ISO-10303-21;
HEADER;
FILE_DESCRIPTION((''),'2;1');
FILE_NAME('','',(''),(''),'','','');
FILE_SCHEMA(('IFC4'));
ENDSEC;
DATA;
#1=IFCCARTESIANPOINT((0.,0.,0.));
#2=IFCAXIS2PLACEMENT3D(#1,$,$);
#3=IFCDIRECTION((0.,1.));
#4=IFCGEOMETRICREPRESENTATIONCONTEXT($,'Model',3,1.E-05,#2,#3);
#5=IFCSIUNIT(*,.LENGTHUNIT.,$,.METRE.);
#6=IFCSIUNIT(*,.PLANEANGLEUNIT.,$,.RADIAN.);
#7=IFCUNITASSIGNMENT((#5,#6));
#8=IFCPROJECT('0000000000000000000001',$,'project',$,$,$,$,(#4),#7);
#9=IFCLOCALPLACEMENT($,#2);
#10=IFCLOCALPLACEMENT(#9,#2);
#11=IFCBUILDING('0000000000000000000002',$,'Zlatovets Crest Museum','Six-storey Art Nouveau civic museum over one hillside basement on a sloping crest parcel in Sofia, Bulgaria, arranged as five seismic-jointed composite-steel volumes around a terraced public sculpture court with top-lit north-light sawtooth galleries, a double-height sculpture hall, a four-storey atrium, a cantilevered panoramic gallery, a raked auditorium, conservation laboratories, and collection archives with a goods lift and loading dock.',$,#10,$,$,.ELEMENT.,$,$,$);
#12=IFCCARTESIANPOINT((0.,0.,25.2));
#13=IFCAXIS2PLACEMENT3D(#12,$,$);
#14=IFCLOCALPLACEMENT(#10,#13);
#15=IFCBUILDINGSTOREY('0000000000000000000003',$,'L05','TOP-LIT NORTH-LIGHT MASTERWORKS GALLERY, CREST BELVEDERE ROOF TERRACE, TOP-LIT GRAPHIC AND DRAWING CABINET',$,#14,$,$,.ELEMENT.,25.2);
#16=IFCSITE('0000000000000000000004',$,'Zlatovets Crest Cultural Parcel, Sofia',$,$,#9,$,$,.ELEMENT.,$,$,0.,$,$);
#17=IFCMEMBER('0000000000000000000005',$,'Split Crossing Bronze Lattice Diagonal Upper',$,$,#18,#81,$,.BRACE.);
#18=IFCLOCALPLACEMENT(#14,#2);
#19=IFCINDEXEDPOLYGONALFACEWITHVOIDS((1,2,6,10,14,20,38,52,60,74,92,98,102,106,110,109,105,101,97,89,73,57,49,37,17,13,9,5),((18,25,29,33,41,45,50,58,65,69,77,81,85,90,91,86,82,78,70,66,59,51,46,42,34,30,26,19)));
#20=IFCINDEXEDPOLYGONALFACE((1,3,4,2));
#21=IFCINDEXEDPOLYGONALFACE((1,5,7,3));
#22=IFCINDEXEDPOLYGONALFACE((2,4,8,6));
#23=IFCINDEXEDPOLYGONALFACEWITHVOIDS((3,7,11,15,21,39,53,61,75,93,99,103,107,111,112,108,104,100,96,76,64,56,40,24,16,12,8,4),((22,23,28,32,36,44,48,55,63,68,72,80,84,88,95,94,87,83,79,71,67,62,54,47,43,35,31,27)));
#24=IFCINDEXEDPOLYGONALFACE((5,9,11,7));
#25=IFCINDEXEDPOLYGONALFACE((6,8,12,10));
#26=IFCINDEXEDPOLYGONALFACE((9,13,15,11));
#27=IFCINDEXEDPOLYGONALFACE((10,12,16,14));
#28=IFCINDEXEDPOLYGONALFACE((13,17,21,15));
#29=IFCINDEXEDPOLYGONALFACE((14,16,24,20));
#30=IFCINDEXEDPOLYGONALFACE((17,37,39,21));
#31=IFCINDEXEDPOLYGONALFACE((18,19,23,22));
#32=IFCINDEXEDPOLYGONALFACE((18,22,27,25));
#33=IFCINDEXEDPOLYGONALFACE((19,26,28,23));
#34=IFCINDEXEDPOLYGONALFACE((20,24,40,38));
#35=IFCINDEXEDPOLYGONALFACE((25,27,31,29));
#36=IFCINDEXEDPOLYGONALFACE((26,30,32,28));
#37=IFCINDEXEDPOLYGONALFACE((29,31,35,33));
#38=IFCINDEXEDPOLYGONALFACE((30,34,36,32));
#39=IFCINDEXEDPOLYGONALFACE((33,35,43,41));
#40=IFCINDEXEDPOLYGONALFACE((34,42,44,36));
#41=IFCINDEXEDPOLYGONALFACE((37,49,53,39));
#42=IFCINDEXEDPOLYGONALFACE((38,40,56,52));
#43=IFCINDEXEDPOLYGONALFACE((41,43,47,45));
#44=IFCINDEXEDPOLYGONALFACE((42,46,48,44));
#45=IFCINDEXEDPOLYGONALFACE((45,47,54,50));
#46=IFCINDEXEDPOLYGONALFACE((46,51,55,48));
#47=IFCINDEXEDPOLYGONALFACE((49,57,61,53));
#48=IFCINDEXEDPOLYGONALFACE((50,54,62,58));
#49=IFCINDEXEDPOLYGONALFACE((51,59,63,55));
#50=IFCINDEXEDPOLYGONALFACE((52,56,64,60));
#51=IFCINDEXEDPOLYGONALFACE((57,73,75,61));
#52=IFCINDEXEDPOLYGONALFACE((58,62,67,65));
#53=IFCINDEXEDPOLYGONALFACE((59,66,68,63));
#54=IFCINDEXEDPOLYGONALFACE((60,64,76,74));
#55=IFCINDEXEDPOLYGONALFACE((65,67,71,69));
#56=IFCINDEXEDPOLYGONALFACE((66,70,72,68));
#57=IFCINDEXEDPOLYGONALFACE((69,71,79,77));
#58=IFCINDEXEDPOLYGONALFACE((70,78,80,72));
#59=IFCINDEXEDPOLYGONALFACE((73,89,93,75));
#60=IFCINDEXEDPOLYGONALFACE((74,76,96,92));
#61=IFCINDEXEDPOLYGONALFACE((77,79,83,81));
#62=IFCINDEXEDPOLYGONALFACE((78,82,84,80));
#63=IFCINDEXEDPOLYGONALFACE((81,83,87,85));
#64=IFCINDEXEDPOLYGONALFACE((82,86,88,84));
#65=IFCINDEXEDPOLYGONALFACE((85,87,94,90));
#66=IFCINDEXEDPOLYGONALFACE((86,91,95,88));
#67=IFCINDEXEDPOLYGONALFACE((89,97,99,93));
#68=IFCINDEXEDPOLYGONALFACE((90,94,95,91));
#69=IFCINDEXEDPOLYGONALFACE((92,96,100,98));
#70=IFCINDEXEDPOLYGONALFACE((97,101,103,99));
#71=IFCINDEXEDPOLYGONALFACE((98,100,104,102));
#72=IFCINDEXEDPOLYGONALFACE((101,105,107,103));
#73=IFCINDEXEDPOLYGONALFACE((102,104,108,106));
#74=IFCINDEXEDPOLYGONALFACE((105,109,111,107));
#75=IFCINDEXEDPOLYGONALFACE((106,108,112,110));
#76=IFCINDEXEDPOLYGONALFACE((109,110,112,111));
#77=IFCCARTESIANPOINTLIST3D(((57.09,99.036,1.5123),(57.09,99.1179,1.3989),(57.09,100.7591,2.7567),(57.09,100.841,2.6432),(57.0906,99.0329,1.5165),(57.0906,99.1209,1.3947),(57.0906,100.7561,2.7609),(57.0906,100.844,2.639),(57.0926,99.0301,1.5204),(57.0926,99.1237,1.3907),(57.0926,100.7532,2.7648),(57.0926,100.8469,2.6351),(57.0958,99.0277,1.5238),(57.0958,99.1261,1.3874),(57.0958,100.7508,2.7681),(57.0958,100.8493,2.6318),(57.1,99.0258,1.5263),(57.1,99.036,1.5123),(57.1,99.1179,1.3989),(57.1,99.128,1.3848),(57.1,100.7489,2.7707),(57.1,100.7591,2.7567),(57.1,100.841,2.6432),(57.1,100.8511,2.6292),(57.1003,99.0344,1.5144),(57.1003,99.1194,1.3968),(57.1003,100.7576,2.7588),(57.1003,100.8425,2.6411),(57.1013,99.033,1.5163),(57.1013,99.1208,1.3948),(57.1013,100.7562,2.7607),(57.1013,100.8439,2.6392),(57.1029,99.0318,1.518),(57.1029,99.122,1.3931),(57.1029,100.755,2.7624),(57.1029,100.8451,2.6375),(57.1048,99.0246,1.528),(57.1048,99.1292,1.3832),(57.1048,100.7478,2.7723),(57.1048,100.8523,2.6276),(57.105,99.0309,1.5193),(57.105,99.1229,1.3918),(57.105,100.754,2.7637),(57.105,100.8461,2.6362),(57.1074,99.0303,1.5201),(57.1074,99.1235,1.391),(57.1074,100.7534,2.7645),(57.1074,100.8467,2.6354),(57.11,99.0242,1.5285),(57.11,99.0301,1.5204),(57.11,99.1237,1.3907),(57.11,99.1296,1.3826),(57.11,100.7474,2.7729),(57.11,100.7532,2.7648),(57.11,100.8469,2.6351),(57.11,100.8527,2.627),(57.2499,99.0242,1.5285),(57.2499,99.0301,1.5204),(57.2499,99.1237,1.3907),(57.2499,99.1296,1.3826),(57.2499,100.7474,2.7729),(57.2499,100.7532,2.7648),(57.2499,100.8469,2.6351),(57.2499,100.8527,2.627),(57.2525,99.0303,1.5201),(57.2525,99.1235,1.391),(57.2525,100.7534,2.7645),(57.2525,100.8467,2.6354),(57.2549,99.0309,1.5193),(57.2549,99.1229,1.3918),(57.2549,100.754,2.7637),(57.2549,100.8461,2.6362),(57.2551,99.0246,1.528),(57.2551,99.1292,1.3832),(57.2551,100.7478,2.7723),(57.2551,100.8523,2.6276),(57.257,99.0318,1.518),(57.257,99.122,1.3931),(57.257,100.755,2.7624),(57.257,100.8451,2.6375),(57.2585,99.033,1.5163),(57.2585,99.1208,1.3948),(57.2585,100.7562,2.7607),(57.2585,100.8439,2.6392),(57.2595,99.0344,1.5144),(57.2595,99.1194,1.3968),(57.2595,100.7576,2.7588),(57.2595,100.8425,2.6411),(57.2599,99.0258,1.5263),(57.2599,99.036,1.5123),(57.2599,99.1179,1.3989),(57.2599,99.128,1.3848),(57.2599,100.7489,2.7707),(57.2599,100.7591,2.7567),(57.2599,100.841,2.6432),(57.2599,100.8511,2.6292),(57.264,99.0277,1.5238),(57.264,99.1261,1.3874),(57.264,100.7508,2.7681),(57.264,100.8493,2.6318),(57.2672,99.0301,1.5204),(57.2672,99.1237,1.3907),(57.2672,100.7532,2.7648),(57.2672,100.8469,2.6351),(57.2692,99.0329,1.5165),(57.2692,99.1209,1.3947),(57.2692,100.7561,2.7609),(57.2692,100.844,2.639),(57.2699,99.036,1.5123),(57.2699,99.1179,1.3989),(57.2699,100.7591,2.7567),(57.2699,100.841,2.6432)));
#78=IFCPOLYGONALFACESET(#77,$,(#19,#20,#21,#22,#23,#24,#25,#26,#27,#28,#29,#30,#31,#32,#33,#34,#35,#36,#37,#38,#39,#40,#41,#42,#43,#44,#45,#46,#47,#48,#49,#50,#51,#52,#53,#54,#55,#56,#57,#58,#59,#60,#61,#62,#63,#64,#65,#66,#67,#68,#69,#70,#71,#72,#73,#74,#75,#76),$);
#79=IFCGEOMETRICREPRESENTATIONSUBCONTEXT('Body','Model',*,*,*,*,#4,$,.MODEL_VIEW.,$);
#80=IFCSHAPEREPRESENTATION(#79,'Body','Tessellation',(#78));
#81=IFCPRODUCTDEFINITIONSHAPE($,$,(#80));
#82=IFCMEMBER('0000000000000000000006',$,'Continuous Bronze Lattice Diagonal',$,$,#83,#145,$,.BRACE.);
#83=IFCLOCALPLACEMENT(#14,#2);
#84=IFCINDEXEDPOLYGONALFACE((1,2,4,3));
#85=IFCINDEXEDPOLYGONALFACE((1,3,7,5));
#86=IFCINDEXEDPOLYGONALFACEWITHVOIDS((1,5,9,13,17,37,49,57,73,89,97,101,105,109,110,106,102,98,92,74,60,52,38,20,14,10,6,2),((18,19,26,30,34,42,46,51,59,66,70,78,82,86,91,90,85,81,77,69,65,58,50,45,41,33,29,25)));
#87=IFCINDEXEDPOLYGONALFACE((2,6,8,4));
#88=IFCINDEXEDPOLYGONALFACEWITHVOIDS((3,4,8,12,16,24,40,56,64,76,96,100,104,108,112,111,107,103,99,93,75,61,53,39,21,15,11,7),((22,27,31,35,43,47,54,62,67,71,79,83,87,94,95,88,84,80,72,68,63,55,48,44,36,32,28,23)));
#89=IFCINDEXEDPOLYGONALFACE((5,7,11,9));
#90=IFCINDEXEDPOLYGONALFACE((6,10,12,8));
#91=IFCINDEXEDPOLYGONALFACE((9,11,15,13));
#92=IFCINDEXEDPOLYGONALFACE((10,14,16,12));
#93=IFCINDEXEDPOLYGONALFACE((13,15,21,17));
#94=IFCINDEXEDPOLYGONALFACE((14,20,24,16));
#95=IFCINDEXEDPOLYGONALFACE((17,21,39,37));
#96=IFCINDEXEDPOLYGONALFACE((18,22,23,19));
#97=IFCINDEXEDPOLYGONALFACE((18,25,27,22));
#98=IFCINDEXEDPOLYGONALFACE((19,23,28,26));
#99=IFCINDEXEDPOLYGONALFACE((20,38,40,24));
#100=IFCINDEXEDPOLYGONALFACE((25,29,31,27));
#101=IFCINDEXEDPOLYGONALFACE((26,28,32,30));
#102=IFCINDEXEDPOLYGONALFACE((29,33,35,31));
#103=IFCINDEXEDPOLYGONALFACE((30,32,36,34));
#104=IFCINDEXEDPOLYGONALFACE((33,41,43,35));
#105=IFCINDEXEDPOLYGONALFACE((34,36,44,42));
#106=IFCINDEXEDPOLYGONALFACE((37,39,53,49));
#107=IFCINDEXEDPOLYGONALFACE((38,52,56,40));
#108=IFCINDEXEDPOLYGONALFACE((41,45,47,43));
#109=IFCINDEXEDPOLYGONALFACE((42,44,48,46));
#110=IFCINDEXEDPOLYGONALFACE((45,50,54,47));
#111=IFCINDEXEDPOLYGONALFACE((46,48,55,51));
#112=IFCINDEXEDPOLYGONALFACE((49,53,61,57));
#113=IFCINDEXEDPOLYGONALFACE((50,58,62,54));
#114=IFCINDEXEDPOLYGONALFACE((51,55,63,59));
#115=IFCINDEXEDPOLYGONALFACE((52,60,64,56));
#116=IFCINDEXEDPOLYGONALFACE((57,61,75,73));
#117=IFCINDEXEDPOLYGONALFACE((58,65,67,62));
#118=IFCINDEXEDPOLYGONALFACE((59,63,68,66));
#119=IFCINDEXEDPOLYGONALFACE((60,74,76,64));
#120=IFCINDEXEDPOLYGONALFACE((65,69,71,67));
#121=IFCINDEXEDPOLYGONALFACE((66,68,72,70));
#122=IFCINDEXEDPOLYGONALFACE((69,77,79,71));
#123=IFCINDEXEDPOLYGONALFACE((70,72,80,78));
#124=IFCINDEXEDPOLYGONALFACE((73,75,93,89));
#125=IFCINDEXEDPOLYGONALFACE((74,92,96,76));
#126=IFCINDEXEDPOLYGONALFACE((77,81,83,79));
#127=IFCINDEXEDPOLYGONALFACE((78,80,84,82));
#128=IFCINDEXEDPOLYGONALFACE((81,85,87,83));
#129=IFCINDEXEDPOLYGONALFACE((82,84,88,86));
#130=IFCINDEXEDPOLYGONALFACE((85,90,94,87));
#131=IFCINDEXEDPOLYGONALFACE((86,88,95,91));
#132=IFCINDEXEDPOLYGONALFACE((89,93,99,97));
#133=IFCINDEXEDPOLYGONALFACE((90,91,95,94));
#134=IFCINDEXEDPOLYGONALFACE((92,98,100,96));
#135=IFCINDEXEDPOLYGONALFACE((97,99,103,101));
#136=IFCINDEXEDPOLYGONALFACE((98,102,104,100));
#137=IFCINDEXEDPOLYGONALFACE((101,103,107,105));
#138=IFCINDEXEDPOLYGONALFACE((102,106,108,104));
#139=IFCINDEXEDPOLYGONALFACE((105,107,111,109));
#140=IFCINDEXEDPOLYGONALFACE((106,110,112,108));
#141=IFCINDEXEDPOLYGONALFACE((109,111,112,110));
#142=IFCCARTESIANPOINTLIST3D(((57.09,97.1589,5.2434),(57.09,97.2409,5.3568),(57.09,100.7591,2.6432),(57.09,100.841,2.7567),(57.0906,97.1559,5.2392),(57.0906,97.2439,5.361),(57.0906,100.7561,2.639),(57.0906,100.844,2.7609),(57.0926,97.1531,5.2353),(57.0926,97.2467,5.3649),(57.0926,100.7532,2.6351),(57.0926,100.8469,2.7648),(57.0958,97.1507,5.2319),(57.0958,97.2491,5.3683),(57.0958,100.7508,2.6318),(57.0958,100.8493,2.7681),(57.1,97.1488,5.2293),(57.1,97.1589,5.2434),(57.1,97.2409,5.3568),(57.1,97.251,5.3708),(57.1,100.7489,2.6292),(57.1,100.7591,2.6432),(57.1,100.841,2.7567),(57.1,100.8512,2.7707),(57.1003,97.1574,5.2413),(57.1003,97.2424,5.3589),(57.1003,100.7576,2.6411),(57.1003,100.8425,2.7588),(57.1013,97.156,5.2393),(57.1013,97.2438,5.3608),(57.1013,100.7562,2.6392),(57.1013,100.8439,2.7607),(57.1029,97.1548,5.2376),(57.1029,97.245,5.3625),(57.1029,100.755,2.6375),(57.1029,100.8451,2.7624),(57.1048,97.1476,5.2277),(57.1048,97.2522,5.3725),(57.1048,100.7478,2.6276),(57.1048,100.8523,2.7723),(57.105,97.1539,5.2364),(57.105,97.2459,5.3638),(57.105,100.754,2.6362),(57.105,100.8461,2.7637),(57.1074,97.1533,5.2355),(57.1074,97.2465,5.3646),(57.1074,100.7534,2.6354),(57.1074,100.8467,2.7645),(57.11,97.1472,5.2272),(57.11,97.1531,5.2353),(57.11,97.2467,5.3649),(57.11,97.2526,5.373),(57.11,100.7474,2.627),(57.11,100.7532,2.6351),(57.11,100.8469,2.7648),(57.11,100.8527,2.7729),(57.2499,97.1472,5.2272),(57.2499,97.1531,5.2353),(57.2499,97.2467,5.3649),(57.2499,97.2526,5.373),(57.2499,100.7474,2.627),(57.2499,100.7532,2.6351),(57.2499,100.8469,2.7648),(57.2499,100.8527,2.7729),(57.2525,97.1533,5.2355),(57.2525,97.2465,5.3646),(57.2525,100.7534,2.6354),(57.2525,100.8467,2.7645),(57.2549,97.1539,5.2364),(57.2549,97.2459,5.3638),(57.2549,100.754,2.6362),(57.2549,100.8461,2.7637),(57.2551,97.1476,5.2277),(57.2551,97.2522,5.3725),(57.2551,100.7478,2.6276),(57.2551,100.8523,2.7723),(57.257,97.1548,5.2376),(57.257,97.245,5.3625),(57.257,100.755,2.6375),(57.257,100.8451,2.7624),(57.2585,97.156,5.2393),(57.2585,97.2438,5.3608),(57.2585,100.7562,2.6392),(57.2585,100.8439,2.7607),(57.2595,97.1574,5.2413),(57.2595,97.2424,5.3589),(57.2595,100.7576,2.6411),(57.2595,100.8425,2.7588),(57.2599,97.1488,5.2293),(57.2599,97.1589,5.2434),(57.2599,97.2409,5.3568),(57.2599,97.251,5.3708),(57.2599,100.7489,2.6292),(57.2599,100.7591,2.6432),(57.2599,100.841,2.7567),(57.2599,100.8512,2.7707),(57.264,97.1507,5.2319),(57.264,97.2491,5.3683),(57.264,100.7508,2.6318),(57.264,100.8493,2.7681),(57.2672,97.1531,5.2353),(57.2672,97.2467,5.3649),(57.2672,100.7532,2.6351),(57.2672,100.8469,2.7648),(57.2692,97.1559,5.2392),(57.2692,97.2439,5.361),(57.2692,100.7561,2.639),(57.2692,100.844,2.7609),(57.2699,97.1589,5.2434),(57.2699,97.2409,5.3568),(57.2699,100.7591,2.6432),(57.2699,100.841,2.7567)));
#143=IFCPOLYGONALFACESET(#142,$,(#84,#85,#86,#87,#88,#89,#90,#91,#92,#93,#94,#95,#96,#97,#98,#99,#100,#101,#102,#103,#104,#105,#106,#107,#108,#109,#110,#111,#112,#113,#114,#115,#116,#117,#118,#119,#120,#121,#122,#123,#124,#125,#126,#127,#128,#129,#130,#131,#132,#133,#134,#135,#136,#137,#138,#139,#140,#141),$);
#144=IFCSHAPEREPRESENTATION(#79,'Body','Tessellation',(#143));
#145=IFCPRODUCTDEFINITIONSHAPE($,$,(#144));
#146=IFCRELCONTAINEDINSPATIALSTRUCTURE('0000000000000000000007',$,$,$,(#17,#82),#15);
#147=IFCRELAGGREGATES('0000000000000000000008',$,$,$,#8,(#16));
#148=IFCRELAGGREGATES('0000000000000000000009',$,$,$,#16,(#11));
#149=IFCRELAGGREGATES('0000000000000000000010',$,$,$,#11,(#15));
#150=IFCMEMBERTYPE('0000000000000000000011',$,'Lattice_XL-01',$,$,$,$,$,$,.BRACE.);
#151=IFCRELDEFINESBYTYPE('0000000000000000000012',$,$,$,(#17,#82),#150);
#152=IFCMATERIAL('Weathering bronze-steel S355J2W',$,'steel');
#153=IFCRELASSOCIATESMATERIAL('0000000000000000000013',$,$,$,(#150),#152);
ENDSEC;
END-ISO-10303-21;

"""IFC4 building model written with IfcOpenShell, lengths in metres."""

from ifc_helpers import new_model, si_unit, direction, frame, origin, origin_2d, place, context, subcontext, project, spatial, hollow_rectangle, extrude, material, material_profile, profile_set, type_object, element, save


model = new_model("IFC4")

# Units and contexts
model_context = context("Model", 3, precision=1e-05, world=origin(), true_north=direction((0.0, 1.0)))
body_context = subcontext(model_context, "Body", "Model", "MODEL_VIEW")
ifc_project = project(units=[si_unit("LENGTHUNIT", "METRE"), si_unit("PLANEANGLEUNIT", "RADIAN")], contexts=[model_context])

# Site, building, storey
site_placement = place(None, origin())
site = spatial("IfcSite", under=ifc_project, at=site_placement, Name="Zlatovets Crest Cultural Parcel, Sofia", CompositionType="ELEMENT", RefElevation=0.0)
building_placement = place(site_placement, origin())
building = spatial("IfcBuilding", under=site, at=building_placement, Name="Zlatovets Crest Museum", Description="Six-storey Art Nouveau civic museum over one hillside basement on a sloping crest parcel in Sofia, Bulgaria, arranged as five seismic-jointed composite-steel volumes around a terraced public sculpture court with top-lit north-light sawtooth galleries, a double-height sculpture hall, a four-storey atrium, a cantilevered panoramic gallery, a raked auditorium, conservation laboratories, and collection archives with a goods lift and loading dock.", CompositionType="ELEMENT")
storey_placement = place(building_placement, frame((0.0, 0.0, 25.2)))
storey = spatial("IfcBuildingStorey", under=building, at=storey_placement, Name="L05", Description="TOP-LIT NORTH-LIGHT MASTERWORKS GALLERY, CREST BELVEDERE ROOF TERRACE, TOP-LIT GRAPHIC AND DRAWING CABINET", CompositionType="ELEMENT", Elevation=25.2)

# Members
ifc_material_1 = material(Name="Weathering bronze-steel S355J2W", Category="steel")
ifc_material_profile_1 = material_profile(ifc_material_1, hollow_rectangle(XDim=0.1799, YDim=0.1799, WallThickness=0.01, InnerFilletRadius=0.01, OuterFilletRadius=0.02, at=origin_2d()), Name="SHS 180x180x10.0")
ifc_profile_set_1 = profile_set([ifc_material_profile_1], Name="Weathering bronze-steel S355J2W")
member_type_1 = type_object("IfcMemberType", Name="Lattice_XL-01", PredefinedType="BRACE", material=ifc_profile_set_1)
member_1_placement = place(storey_placement, frame((57.1799, 100.8, 2.7), z_axis=(0.0, -0.810703, -0.585457), x_axis=(1.0, 0.0, 0.0)))
element("IfcMember", 1, at=member_1_placement, inside=storey, type_object=member_type_1, Name="Split Crossing Bronze Lattice Diagonal Upper", PredefinedType="BRACE", context=body_context, shape_type="SweptSolid", body=[
    extrude(hollow_rectangle(XDim=0.1799, YDim=0.1799, WallThickness=0.01, InnerFilletRadius=0.01, OuterFilletRadius=0.02, at=origin_2d()), origin(), (0.0, 0.0, 1.0), 2.1255),
])
member_2_placement = place(storey_placement, frame((57.1799, 100.8, 2.7), z_axis=(0.0, -0.810676, 0.585495), x_axis=(1.0, 0.0, 0.0)))
element("IfcMember", 2, at=member_2_placement, inside=storey, type_object=member_type_1, Name="Continuous Bronze Lattice Diagonal", PredefinedType="BRACE", context=body_context, shape_type="SweptSolid", body=[
    extrude(hollow_rectangle(XDim=0.1799, YDim=0.1799, WallThickness=0.01, InnerFilletRadius=0.01, OuterFilletRadius=0.02, at=origin_2d()), origin(), (0.0, 0.0, 1.0), 4.4409),
])

save(model, "model.ifc")
